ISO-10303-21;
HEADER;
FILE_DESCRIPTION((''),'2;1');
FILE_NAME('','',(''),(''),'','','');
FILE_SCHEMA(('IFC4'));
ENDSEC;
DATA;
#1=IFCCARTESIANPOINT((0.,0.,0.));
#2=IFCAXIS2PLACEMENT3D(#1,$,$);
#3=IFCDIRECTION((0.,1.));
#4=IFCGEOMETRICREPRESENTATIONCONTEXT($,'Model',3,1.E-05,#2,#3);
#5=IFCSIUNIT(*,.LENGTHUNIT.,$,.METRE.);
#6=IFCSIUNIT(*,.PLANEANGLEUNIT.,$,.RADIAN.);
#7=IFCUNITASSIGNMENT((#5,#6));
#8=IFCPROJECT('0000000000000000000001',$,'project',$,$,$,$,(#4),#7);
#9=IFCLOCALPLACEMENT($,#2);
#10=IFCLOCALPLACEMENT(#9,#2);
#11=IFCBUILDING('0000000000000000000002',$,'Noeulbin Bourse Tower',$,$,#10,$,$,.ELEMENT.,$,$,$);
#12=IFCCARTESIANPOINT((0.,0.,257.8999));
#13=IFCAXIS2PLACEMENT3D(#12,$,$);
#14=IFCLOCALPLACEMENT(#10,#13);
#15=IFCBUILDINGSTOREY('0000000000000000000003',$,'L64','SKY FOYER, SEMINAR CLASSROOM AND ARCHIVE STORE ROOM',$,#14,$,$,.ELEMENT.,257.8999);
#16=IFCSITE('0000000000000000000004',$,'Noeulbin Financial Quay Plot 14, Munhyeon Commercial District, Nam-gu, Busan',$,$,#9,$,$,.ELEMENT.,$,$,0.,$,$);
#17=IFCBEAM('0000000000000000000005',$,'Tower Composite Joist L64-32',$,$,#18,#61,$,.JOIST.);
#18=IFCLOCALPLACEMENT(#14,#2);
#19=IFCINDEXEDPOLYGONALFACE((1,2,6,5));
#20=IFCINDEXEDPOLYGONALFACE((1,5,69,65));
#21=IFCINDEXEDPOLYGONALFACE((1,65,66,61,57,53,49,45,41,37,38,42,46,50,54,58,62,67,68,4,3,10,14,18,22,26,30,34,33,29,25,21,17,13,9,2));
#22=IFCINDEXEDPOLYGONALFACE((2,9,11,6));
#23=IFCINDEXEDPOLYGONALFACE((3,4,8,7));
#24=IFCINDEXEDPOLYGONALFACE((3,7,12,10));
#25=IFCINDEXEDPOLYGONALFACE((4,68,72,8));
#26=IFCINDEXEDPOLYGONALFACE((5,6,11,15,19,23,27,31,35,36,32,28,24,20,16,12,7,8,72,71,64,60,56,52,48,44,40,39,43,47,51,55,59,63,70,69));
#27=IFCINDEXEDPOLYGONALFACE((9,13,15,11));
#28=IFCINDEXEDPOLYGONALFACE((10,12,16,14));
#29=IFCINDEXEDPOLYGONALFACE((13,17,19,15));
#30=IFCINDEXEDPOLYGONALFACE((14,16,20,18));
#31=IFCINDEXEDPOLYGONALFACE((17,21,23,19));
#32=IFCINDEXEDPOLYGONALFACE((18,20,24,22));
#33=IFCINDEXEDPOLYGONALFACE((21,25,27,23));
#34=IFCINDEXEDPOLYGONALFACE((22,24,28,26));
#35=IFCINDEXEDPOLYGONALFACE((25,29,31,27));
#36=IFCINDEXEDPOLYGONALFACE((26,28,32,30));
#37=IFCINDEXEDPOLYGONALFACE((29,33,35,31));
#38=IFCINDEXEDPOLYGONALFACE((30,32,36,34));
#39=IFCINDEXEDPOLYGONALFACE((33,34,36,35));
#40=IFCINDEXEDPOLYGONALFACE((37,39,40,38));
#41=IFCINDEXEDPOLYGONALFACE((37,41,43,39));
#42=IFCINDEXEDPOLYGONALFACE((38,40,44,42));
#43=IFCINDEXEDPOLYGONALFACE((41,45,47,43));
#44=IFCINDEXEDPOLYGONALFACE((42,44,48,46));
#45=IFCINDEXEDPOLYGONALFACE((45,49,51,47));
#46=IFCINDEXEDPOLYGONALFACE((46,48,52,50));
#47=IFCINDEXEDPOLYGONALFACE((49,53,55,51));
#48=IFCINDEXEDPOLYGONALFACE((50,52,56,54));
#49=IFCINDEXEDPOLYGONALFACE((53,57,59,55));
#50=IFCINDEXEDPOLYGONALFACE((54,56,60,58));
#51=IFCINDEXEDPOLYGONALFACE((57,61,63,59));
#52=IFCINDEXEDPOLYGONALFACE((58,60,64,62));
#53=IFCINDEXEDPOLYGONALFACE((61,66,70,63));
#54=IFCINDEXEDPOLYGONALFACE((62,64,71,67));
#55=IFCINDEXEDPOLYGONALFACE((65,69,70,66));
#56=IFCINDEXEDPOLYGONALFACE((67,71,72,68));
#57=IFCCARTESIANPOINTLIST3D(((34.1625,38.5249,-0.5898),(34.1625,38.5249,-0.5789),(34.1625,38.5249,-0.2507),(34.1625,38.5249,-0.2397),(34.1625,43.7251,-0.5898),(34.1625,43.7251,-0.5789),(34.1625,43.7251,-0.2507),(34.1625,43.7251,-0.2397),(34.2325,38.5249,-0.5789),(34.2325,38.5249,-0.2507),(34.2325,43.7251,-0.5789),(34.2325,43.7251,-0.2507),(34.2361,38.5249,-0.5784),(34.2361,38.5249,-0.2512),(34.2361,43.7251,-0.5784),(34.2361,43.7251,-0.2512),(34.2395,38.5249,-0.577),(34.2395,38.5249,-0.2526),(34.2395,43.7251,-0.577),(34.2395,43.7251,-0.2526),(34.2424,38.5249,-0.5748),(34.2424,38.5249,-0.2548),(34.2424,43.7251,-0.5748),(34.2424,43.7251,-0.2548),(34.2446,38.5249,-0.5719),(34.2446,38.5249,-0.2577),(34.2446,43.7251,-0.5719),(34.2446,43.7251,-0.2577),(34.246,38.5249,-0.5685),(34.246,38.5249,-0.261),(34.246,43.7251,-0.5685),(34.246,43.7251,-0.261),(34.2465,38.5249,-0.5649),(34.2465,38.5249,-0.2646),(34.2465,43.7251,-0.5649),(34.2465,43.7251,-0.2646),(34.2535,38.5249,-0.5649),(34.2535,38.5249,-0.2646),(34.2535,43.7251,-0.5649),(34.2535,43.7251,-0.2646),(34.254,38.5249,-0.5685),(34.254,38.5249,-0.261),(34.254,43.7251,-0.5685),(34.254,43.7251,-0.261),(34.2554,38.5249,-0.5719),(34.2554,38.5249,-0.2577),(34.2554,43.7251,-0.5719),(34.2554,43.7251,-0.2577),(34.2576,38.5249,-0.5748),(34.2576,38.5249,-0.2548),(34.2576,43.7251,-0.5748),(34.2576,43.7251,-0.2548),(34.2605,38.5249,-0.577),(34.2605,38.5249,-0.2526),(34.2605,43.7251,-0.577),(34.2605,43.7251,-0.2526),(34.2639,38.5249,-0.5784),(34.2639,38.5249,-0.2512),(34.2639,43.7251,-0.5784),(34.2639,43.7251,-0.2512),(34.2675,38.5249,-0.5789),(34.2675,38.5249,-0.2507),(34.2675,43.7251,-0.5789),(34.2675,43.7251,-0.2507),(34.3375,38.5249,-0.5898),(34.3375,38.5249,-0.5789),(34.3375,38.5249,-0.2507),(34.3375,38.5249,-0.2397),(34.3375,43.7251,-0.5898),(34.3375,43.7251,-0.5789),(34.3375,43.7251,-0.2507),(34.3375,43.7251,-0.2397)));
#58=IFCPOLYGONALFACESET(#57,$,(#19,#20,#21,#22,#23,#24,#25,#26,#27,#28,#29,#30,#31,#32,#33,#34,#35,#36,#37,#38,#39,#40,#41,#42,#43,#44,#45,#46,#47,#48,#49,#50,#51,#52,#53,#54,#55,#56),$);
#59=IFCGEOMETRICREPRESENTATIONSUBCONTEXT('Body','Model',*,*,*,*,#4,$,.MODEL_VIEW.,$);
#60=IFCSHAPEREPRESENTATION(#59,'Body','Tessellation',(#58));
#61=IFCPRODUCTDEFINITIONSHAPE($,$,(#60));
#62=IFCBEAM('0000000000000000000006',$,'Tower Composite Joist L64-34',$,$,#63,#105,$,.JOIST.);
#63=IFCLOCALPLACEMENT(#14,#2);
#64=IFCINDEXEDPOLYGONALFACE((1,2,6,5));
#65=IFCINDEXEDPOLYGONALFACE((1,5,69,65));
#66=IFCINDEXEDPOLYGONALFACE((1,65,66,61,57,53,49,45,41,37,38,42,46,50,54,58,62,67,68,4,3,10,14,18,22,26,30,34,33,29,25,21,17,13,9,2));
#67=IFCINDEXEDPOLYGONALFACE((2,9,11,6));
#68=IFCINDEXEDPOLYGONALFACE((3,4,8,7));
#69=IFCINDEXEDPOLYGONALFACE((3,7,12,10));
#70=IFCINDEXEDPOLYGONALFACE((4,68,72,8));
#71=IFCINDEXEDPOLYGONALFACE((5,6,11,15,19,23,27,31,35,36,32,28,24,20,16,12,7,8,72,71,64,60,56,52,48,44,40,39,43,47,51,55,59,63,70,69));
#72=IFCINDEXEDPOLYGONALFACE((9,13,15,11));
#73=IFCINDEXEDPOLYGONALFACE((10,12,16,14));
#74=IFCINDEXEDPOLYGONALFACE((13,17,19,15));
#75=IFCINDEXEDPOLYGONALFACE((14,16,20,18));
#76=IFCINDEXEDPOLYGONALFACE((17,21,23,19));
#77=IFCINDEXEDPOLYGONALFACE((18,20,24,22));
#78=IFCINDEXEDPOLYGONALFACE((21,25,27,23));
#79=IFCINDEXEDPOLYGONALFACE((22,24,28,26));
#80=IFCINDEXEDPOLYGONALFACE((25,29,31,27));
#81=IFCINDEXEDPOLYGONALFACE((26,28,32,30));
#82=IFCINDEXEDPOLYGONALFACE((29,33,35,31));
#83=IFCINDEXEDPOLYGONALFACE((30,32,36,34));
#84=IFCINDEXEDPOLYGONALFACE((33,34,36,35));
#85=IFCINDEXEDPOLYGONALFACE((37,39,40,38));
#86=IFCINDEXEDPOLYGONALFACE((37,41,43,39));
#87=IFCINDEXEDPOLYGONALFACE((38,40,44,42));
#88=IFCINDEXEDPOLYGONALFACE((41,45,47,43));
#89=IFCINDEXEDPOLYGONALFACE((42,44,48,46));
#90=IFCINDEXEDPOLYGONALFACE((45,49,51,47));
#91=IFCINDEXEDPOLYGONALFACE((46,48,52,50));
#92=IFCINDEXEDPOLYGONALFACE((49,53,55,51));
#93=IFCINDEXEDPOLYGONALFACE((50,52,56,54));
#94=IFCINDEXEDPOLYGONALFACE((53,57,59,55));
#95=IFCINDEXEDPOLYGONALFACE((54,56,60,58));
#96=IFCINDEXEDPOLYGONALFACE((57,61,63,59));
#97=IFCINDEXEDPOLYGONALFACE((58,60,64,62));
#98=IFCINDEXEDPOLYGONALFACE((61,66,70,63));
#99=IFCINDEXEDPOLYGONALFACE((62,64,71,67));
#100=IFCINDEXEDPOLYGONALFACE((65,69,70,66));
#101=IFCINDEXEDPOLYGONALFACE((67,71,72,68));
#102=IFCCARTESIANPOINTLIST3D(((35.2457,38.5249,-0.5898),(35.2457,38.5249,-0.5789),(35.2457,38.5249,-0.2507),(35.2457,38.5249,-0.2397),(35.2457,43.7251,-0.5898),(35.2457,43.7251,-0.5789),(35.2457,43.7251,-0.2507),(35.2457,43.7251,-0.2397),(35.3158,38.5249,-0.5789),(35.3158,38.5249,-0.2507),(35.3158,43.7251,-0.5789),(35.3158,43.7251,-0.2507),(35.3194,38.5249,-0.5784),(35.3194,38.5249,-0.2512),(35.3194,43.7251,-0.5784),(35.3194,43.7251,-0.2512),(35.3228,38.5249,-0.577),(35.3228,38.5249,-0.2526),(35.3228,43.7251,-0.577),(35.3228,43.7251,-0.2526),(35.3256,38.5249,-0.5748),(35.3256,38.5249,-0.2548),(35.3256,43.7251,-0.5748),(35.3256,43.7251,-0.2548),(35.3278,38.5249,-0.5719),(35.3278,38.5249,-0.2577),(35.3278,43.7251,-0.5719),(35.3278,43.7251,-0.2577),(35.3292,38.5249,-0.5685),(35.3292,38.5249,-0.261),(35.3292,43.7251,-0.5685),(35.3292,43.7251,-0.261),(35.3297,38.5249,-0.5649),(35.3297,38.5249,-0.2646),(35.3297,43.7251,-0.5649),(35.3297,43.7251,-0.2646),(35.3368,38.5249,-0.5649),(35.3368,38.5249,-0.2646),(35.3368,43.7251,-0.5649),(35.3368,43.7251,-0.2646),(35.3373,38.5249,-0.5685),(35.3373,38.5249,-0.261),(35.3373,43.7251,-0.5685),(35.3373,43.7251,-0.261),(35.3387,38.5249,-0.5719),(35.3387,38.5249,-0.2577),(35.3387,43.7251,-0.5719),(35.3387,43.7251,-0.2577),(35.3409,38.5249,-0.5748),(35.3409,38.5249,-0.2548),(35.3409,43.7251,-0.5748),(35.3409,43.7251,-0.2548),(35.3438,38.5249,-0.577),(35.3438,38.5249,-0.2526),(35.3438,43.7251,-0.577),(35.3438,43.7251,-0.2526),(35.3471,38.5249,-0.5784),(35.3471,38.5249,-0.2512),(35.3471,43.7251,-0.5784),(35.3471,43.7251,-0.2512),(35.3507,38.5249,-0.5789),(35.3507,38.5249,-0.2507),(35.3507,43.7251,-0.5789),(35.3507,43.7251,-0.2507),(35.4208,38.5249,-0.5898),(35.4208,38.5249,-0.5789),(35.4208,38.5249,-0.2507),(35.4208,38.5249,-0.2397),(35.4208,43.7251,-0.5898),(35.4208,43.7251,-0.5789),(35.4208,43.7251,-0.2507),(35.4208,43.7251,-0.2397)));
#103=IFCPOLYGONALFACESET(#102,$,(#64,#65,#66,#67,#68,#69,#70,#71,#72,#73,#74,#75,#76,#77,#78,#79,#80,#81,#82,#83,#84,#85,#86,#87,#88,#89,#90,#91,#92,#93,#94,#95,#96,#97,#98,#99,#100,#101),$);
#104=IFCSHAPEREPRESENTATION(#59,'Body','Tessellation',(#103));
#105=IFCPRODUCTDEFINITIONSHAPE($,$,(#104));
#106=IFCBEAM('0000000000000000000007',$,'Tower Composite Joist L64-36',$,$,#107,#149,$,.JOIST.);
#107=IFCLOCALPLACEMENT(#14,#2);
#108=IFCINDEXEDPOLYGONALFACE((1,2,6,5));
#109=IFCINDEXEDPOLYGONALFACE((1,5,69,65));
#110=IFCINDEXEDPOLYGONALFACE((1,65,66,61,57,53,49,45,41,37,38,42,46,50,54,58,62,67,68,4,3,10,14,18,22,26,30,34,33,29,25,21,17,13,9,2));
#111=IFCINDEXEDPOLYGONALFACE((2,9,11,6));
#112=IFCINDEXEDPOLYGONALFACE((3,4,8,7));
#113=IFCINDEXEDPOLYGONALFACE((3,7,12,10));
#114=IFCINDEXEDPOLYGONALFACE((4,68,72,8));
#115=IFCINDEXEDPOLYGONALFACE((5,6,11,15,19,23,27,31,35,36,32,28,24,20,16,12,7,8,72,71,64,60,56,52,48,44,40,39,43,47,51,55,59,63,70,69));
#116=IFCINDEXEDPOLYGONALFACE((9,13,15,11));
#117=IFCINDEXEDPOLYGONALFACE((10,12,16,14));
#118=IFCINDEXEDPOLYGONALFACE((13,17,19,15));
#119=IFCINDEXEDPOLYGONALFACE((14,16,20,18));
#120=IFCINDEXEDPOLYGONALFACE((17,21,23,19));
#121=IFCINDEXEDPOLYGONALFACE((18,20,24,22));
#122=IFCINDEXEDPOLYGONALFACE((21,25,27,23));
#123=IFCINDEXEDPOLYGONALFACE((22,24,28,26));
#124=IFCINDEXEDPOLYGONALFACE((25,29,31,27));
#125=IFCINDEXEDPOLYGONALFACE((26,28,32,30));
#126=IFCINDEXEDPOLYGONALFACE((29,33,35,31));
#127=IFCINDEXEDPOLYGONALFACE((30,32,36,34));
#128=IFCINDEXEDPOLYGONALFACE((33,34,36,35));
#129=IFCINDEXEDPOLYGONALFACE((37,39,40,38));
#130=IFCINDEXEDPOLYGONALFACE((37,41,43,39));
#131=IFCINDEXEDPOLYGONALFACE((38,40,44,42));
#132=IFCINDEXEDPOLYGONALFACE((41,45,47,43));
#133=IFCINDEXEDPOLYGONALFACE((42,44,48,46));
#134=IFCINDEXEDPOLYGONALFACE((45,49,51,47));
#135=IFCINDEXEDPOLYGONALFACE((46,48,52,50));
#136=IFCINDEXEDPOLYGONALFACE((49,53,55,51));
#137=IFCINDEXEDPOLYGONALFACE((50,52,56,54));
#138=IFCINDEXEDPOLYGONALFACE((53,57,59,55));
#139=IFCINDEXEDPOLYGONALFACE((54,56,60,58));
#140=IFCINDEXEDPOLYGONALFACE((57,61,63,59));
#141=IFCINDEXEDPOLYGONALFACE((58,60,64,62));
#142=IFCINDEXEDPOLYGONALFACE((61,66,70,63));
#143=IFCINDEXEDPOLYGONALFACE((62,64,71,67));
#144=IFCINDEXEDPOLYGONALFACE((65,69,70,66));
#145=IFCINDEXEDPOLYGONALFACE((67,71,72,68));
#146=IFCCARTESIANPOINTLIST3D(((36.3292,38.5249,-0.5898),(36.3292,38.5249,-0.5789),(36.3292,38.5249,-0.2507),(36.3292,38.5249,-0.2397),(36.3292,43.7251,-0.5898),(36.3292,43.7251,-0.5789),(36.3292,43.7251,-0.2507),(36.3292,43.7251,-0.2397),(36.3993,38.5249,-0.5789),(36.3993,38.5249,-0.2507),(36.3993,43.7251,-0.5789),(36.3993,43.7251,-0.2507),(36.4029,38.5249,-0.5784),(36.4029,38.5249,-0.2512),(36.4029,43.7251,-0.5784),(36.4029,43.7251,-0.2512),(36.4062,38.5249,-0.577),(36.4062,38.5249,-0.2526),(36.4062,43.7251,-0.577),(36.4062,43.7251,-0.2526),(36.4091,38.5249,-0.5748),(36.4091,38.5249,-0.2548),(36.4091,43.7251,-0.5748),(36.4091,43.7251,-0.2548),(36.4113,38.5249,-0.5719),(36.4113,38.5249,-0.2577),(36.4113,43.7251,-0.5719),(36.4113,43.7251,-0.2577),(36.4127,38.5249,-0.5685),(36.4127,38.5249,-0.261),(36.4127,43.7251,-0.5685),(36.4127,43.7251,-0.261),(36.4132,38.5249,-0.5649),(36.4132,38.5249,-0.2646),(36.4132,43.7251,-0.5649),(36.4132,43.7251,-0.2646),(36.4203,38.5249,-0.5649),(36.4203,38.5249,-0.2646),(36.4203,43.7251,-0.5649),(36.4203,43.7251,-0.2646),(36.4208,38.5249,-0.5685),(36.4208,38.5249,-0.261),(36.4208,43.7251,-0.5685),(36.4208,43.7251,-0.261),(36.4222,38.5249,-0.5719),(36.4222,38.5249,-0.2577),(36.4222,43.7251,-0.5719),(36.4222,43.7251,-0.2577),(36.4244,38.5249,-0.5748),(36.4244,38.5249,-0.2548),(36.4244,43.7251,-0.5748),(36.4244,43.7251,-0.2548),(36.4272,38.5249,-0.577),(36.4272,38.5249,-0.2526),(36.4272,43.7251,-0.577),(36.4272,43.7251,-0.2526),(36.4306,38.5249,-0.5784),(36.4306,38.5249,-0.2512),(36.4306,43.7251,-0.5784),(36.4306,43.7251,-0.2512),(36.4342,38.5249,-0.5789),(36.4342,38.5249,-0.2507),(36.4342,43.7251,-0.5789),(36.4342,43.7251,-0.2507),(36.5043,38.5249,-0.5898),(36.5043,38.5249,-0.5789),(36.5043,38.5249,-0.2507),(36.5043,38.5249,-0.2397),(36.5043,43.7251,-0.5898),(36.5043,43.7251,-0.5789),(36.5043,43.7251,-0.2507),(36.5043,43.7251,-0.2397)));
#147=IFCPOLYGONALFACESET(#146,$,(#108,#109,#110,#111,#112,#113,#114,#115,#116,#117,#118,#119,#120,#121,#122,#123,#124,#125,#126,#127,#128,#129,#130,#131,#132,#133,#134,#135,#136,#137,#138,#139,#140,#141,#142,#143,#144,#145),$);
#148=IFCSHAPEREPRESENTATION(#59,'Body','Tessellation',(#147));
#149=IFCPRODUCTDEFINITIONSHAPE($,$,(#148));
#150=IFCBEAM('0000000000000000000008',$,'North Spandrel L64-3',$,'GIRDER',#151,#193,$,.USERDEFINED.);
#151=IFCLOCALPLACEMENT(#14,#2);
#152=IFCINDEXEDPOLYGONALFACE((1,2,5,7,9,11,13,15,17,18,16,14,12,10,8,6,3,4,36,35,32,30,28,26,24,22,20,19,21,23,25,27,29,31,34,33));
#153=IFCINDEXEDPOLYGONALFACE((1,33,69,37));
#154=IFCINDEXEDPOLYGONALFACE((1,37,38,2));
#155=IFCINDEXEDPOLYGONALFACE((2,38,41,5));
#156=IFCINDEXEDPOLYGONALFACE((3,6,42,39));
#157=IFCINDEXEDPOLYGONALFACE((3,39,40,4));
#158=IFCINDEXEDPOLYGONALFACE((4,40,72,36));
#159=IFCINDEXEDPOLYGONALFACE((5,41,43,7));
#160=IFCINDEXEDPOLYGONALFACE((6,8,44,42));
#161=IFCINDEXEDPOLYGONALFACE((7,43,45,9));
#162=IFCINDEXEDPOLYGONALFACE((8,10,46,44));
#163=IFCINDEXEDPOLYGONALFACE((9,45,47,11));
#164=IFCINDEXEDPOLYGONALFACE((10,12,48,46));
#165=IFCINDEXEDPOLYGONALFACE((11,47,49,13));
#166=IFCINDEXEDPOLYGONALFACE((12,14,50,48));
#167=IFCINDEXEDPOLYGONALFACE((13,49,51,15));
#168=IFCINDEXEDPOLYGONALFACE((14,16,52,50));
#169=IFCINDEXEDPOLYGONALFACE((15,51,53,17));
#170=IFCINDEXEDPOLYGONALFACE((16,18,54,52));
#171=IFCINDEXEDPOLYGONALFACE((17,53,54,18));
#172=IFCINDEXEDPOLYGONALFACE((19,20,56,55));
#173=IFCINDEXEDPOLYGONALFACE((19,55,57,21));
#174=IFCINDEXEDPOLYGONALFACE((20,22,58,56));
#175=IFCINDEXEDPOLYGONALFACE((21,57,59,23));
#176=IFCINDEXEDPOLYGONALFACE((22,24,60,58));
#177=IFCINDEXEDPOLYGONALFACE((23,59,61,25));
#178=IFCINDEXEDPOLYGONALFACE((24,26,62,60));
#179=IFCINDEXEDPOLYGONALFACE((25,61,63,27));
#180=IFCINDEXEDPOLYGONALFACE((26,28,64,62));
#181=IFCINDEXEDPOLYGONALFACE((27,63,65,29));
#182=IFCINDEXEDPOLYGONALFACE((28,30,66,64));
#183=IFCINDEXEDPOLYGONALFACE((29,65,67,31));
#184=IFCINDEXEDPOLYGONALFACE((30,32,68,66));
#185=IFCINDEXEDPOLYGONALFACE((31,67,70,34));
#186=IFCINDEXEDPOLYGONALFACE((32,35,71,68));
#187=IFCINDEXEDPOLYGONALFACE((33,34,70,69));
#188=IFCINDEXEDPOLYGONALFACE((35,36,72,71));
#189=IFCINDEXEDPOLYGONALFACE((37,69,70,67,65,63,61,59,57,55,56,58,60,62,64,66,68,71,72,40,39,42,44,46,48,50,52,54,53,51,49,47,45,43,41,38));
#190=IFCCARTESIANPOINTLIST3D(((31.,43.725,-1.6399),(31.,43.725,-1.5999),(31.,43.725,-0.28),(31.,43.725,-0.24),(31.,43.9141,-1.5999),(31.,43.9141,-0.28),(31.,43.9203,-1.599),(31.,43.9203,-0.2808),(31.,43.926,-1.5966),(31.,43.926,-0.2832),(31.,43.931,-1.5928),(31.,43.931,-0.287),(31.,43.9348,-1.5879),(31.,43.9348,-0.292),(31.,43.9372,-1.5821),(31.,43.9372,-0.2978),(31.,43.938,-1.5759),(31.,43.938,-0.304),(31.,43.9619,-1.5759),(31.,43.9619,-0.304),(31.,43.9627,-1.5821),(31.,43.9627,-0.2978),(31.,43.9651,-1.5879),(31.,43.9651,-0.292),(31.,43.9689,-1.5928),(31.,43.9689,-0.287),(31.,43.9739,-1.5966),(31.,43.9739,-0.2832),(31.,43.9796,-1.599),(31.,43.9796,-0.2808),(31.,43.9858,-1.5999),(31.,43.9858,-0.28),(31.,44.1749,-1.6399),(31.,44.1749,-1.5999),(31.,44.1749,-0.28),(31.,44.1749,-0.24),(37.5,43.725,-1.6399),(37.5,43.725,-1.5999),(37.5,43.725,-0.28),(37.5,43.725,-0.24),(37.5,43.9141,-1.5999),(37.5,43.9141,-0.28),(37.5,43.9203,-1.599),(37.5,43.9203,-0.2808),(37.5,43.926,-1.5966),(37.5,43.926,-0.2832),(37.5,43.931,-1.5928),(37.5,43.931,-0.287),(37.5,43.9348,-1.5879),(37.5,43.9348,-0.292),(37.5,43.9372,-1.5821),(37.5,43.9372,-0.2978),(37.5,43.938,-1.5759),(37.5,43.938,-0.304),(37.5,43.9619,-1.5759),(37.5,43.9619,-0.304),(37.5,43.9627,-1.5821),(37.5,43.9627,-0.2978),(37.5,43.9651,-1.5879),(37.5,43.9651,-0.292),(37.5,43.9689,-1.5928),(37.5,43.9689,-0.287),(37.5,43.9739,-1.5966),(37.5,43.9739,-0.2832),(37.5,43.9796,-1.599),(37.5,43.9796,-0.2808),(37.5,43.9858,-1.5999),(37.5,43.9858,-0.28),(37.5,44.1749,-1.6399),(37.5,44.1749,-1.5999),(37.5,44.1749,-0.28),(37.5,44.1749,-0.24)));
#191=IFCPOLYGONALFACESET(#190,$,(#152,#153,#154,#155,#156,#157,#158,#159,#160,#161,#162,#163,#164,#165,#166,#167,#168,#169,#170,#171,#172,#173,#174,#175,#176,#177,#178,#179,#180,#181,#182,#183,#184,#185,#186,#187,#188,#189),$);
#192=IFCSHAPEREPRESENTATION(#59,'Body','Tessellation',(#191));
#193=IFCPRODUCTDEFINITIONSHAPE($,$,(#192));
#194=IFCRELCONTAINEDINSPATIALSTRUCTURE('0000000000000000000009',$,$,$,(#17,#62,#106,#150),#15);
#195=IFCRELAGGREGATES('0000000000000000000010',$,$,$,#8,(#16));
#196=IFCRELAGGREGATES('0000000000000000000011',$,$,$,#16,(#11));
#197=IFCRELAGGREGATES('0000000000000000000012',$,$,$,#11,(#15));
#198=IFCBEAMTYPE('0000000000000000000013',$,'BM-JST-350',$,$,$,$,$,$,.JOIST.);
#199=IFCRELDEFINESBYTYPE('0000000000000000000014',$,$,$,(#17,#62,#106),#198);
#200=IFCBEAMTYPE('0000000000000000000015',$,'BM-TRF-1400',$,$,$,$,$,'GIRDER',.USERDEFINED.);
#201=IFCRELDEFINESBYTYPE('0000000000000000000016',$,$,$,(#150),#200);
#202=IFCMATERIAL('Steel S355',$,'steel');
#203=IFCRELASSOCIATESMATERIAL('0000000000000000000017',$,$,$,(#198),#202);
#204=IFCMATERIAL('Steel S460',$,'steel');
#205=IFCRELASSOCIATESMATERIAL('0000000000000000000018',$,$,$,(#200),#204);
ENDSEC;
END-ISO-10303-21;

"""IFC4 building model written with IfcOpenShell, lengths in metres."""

from ifc_helpers import new_model, si_unit, direction, frame, origin, origin_2d, place, context, subcontext, project, spatial, i_section, extrude, material, material_profile, profile_set, type_object, element, save


model = new_model("IFC4")

# Units and contexts
model_context = context("Model", 3, precision=1e-05, world=origin(), true_north=direction((0.0, 1.0)))
body_context = subcontext(model_context, "Body", "Model", "MODEL_VIEW")
ifc_project = project(units=[si_unit("LENGTHUNIT", "METRE"), si_unit("PLANEANGLEUNIT", "RADIAN")], contexts=[model_context])

# Site, building, storey
site_placement = place(None, origin())
site = spatial("IfcSite", under=ifc_project, at=site_placement, Name="Noeulbin Financial Quay Plot 14, Munhyeon Commercial District, Nam-gu, Busan", CompositionType="ELEMENT", RefElevation=0.0)
building_placement = place(site_placement, origin())
building = spatial("IfcBuilding", under=site, at=building_placement, Name="Noeulbin Bourse Tower", CompositionType="ELEMENT")
storey_placement = place(building_placement, frame((0.0, 0.0, 257.8999)))
storey = spatial("IfcBuildingStorey", under=building, at=storey_placement, Name="L64", Description="SKY FOYER, SEMINAR CLASSROOM AND ARCHIVE STORE ROOM", CompositionType="ELEMENT", Elevation=257.8999)

# Shared definitions
ifc_material_1 = material(Name="Steel S355", Category="steel")

# Beams
ifc_material_profile_1 = material_profile(ifc_material_1, i_section(OverallWidth=0.175, OverallDepth=0.3501, WebThickness=0.0071, FlangeThickness=0.011, FilletRadius=0.0139, at=origin_2d()), Name="H-350x175x7x11", Category="LoadBearing")
ifc_profile_set_1 = profile_set([ifc_material_profile_1], Name="Steel S355")
beam_type_1 = type_object("IfcBeamType", Name="BM-JST-350", PredefinedType="JOIST", material=ifc_profile_set_1)
for number, where, z_axis, x_axis, name in (
    (1, (34.25, 38.5249, -0.4148), (0.0, 1.0, 0.0), (-1.0, 0.0, 0.0), "Tower Composite Joist L64-32"),
    (2, (35.3333, 38.5249, -0.4148), (0.0, 1.0, 0.0), (-1.0, 0.0, 0.0), "Tower Composite Joist L64-34"),
    (3, (36.4167, 38.5249, -0.4148), (0.0, 1.0, 0.0), (-1.0, 0.0, 0.0), "Tower Composite Joist L64-36"),
):
    element("IfcBeam", number, at=place(storey_placement, frame(where, z_axis=z_axis, x_axis=x_axis)), inside=storey, type_object=beam_type_1, Name=name, PredefinedType="JOIST", context=body_context, shape_type="SweptSolid", body=[
        extrude(i_section(OverallWidth=0.175, OverallDepth=0.3501, WebThickness=0.0071, FlangeThickness=0.011, FilletRadius=0.0139, at=origin_2d()), origin(), (0.0, 0.0, 1.0), 5.2002),
    ])
ifc_material_2 = material(Name="Steel S460", Category="steel")
ifc_material_profile_2 = material_profile(ifc_material_2, i_section(OverallWidth=0.45, OverallDepth=1.3999, WebThickness=0.0239, FlangeThickness=0.04, FilletRadius=0.0239, at=origin_2d()), Name="PG-1400x450x24x40", Category="LoadBearing")
ifc_profile_set_2 = profile_set([ifc_material_profile_2], Name="Steel S460")
beam_type_2 = type_object("IfcBeamType", Name="BM-TRF-1400", ElementType="GIRDER", PredefinedType="USERDEFINED", material=ifc_profile_set_2)
beam_placement = place(storey_placement, frame((31.0, 43.95, -0.9399), z_axis=(1.0, 0.0, 0.0), x_axis=(0.0, 1.0, 0.0)))
element("IfcBeam", 4, at=beam_placement, inside=storey, type_object=beam_type_2, Name="North Spandrel L64-3", ObjectType="GIRDER", PredefinedType="USERDEFINED", context=body_context, shape_type="SweptSolid", body=[
    extrude(i_section(OverallWidth=0.45, OverallDepth=1.3999, WebThickness=0.0239, FlangeThickness=0.04, FilletRadius=0.0239, at=origin_2d()), origin(), (0.0, 0.0, 1.0), 6.5),
])

save(model, "model.ifc")
